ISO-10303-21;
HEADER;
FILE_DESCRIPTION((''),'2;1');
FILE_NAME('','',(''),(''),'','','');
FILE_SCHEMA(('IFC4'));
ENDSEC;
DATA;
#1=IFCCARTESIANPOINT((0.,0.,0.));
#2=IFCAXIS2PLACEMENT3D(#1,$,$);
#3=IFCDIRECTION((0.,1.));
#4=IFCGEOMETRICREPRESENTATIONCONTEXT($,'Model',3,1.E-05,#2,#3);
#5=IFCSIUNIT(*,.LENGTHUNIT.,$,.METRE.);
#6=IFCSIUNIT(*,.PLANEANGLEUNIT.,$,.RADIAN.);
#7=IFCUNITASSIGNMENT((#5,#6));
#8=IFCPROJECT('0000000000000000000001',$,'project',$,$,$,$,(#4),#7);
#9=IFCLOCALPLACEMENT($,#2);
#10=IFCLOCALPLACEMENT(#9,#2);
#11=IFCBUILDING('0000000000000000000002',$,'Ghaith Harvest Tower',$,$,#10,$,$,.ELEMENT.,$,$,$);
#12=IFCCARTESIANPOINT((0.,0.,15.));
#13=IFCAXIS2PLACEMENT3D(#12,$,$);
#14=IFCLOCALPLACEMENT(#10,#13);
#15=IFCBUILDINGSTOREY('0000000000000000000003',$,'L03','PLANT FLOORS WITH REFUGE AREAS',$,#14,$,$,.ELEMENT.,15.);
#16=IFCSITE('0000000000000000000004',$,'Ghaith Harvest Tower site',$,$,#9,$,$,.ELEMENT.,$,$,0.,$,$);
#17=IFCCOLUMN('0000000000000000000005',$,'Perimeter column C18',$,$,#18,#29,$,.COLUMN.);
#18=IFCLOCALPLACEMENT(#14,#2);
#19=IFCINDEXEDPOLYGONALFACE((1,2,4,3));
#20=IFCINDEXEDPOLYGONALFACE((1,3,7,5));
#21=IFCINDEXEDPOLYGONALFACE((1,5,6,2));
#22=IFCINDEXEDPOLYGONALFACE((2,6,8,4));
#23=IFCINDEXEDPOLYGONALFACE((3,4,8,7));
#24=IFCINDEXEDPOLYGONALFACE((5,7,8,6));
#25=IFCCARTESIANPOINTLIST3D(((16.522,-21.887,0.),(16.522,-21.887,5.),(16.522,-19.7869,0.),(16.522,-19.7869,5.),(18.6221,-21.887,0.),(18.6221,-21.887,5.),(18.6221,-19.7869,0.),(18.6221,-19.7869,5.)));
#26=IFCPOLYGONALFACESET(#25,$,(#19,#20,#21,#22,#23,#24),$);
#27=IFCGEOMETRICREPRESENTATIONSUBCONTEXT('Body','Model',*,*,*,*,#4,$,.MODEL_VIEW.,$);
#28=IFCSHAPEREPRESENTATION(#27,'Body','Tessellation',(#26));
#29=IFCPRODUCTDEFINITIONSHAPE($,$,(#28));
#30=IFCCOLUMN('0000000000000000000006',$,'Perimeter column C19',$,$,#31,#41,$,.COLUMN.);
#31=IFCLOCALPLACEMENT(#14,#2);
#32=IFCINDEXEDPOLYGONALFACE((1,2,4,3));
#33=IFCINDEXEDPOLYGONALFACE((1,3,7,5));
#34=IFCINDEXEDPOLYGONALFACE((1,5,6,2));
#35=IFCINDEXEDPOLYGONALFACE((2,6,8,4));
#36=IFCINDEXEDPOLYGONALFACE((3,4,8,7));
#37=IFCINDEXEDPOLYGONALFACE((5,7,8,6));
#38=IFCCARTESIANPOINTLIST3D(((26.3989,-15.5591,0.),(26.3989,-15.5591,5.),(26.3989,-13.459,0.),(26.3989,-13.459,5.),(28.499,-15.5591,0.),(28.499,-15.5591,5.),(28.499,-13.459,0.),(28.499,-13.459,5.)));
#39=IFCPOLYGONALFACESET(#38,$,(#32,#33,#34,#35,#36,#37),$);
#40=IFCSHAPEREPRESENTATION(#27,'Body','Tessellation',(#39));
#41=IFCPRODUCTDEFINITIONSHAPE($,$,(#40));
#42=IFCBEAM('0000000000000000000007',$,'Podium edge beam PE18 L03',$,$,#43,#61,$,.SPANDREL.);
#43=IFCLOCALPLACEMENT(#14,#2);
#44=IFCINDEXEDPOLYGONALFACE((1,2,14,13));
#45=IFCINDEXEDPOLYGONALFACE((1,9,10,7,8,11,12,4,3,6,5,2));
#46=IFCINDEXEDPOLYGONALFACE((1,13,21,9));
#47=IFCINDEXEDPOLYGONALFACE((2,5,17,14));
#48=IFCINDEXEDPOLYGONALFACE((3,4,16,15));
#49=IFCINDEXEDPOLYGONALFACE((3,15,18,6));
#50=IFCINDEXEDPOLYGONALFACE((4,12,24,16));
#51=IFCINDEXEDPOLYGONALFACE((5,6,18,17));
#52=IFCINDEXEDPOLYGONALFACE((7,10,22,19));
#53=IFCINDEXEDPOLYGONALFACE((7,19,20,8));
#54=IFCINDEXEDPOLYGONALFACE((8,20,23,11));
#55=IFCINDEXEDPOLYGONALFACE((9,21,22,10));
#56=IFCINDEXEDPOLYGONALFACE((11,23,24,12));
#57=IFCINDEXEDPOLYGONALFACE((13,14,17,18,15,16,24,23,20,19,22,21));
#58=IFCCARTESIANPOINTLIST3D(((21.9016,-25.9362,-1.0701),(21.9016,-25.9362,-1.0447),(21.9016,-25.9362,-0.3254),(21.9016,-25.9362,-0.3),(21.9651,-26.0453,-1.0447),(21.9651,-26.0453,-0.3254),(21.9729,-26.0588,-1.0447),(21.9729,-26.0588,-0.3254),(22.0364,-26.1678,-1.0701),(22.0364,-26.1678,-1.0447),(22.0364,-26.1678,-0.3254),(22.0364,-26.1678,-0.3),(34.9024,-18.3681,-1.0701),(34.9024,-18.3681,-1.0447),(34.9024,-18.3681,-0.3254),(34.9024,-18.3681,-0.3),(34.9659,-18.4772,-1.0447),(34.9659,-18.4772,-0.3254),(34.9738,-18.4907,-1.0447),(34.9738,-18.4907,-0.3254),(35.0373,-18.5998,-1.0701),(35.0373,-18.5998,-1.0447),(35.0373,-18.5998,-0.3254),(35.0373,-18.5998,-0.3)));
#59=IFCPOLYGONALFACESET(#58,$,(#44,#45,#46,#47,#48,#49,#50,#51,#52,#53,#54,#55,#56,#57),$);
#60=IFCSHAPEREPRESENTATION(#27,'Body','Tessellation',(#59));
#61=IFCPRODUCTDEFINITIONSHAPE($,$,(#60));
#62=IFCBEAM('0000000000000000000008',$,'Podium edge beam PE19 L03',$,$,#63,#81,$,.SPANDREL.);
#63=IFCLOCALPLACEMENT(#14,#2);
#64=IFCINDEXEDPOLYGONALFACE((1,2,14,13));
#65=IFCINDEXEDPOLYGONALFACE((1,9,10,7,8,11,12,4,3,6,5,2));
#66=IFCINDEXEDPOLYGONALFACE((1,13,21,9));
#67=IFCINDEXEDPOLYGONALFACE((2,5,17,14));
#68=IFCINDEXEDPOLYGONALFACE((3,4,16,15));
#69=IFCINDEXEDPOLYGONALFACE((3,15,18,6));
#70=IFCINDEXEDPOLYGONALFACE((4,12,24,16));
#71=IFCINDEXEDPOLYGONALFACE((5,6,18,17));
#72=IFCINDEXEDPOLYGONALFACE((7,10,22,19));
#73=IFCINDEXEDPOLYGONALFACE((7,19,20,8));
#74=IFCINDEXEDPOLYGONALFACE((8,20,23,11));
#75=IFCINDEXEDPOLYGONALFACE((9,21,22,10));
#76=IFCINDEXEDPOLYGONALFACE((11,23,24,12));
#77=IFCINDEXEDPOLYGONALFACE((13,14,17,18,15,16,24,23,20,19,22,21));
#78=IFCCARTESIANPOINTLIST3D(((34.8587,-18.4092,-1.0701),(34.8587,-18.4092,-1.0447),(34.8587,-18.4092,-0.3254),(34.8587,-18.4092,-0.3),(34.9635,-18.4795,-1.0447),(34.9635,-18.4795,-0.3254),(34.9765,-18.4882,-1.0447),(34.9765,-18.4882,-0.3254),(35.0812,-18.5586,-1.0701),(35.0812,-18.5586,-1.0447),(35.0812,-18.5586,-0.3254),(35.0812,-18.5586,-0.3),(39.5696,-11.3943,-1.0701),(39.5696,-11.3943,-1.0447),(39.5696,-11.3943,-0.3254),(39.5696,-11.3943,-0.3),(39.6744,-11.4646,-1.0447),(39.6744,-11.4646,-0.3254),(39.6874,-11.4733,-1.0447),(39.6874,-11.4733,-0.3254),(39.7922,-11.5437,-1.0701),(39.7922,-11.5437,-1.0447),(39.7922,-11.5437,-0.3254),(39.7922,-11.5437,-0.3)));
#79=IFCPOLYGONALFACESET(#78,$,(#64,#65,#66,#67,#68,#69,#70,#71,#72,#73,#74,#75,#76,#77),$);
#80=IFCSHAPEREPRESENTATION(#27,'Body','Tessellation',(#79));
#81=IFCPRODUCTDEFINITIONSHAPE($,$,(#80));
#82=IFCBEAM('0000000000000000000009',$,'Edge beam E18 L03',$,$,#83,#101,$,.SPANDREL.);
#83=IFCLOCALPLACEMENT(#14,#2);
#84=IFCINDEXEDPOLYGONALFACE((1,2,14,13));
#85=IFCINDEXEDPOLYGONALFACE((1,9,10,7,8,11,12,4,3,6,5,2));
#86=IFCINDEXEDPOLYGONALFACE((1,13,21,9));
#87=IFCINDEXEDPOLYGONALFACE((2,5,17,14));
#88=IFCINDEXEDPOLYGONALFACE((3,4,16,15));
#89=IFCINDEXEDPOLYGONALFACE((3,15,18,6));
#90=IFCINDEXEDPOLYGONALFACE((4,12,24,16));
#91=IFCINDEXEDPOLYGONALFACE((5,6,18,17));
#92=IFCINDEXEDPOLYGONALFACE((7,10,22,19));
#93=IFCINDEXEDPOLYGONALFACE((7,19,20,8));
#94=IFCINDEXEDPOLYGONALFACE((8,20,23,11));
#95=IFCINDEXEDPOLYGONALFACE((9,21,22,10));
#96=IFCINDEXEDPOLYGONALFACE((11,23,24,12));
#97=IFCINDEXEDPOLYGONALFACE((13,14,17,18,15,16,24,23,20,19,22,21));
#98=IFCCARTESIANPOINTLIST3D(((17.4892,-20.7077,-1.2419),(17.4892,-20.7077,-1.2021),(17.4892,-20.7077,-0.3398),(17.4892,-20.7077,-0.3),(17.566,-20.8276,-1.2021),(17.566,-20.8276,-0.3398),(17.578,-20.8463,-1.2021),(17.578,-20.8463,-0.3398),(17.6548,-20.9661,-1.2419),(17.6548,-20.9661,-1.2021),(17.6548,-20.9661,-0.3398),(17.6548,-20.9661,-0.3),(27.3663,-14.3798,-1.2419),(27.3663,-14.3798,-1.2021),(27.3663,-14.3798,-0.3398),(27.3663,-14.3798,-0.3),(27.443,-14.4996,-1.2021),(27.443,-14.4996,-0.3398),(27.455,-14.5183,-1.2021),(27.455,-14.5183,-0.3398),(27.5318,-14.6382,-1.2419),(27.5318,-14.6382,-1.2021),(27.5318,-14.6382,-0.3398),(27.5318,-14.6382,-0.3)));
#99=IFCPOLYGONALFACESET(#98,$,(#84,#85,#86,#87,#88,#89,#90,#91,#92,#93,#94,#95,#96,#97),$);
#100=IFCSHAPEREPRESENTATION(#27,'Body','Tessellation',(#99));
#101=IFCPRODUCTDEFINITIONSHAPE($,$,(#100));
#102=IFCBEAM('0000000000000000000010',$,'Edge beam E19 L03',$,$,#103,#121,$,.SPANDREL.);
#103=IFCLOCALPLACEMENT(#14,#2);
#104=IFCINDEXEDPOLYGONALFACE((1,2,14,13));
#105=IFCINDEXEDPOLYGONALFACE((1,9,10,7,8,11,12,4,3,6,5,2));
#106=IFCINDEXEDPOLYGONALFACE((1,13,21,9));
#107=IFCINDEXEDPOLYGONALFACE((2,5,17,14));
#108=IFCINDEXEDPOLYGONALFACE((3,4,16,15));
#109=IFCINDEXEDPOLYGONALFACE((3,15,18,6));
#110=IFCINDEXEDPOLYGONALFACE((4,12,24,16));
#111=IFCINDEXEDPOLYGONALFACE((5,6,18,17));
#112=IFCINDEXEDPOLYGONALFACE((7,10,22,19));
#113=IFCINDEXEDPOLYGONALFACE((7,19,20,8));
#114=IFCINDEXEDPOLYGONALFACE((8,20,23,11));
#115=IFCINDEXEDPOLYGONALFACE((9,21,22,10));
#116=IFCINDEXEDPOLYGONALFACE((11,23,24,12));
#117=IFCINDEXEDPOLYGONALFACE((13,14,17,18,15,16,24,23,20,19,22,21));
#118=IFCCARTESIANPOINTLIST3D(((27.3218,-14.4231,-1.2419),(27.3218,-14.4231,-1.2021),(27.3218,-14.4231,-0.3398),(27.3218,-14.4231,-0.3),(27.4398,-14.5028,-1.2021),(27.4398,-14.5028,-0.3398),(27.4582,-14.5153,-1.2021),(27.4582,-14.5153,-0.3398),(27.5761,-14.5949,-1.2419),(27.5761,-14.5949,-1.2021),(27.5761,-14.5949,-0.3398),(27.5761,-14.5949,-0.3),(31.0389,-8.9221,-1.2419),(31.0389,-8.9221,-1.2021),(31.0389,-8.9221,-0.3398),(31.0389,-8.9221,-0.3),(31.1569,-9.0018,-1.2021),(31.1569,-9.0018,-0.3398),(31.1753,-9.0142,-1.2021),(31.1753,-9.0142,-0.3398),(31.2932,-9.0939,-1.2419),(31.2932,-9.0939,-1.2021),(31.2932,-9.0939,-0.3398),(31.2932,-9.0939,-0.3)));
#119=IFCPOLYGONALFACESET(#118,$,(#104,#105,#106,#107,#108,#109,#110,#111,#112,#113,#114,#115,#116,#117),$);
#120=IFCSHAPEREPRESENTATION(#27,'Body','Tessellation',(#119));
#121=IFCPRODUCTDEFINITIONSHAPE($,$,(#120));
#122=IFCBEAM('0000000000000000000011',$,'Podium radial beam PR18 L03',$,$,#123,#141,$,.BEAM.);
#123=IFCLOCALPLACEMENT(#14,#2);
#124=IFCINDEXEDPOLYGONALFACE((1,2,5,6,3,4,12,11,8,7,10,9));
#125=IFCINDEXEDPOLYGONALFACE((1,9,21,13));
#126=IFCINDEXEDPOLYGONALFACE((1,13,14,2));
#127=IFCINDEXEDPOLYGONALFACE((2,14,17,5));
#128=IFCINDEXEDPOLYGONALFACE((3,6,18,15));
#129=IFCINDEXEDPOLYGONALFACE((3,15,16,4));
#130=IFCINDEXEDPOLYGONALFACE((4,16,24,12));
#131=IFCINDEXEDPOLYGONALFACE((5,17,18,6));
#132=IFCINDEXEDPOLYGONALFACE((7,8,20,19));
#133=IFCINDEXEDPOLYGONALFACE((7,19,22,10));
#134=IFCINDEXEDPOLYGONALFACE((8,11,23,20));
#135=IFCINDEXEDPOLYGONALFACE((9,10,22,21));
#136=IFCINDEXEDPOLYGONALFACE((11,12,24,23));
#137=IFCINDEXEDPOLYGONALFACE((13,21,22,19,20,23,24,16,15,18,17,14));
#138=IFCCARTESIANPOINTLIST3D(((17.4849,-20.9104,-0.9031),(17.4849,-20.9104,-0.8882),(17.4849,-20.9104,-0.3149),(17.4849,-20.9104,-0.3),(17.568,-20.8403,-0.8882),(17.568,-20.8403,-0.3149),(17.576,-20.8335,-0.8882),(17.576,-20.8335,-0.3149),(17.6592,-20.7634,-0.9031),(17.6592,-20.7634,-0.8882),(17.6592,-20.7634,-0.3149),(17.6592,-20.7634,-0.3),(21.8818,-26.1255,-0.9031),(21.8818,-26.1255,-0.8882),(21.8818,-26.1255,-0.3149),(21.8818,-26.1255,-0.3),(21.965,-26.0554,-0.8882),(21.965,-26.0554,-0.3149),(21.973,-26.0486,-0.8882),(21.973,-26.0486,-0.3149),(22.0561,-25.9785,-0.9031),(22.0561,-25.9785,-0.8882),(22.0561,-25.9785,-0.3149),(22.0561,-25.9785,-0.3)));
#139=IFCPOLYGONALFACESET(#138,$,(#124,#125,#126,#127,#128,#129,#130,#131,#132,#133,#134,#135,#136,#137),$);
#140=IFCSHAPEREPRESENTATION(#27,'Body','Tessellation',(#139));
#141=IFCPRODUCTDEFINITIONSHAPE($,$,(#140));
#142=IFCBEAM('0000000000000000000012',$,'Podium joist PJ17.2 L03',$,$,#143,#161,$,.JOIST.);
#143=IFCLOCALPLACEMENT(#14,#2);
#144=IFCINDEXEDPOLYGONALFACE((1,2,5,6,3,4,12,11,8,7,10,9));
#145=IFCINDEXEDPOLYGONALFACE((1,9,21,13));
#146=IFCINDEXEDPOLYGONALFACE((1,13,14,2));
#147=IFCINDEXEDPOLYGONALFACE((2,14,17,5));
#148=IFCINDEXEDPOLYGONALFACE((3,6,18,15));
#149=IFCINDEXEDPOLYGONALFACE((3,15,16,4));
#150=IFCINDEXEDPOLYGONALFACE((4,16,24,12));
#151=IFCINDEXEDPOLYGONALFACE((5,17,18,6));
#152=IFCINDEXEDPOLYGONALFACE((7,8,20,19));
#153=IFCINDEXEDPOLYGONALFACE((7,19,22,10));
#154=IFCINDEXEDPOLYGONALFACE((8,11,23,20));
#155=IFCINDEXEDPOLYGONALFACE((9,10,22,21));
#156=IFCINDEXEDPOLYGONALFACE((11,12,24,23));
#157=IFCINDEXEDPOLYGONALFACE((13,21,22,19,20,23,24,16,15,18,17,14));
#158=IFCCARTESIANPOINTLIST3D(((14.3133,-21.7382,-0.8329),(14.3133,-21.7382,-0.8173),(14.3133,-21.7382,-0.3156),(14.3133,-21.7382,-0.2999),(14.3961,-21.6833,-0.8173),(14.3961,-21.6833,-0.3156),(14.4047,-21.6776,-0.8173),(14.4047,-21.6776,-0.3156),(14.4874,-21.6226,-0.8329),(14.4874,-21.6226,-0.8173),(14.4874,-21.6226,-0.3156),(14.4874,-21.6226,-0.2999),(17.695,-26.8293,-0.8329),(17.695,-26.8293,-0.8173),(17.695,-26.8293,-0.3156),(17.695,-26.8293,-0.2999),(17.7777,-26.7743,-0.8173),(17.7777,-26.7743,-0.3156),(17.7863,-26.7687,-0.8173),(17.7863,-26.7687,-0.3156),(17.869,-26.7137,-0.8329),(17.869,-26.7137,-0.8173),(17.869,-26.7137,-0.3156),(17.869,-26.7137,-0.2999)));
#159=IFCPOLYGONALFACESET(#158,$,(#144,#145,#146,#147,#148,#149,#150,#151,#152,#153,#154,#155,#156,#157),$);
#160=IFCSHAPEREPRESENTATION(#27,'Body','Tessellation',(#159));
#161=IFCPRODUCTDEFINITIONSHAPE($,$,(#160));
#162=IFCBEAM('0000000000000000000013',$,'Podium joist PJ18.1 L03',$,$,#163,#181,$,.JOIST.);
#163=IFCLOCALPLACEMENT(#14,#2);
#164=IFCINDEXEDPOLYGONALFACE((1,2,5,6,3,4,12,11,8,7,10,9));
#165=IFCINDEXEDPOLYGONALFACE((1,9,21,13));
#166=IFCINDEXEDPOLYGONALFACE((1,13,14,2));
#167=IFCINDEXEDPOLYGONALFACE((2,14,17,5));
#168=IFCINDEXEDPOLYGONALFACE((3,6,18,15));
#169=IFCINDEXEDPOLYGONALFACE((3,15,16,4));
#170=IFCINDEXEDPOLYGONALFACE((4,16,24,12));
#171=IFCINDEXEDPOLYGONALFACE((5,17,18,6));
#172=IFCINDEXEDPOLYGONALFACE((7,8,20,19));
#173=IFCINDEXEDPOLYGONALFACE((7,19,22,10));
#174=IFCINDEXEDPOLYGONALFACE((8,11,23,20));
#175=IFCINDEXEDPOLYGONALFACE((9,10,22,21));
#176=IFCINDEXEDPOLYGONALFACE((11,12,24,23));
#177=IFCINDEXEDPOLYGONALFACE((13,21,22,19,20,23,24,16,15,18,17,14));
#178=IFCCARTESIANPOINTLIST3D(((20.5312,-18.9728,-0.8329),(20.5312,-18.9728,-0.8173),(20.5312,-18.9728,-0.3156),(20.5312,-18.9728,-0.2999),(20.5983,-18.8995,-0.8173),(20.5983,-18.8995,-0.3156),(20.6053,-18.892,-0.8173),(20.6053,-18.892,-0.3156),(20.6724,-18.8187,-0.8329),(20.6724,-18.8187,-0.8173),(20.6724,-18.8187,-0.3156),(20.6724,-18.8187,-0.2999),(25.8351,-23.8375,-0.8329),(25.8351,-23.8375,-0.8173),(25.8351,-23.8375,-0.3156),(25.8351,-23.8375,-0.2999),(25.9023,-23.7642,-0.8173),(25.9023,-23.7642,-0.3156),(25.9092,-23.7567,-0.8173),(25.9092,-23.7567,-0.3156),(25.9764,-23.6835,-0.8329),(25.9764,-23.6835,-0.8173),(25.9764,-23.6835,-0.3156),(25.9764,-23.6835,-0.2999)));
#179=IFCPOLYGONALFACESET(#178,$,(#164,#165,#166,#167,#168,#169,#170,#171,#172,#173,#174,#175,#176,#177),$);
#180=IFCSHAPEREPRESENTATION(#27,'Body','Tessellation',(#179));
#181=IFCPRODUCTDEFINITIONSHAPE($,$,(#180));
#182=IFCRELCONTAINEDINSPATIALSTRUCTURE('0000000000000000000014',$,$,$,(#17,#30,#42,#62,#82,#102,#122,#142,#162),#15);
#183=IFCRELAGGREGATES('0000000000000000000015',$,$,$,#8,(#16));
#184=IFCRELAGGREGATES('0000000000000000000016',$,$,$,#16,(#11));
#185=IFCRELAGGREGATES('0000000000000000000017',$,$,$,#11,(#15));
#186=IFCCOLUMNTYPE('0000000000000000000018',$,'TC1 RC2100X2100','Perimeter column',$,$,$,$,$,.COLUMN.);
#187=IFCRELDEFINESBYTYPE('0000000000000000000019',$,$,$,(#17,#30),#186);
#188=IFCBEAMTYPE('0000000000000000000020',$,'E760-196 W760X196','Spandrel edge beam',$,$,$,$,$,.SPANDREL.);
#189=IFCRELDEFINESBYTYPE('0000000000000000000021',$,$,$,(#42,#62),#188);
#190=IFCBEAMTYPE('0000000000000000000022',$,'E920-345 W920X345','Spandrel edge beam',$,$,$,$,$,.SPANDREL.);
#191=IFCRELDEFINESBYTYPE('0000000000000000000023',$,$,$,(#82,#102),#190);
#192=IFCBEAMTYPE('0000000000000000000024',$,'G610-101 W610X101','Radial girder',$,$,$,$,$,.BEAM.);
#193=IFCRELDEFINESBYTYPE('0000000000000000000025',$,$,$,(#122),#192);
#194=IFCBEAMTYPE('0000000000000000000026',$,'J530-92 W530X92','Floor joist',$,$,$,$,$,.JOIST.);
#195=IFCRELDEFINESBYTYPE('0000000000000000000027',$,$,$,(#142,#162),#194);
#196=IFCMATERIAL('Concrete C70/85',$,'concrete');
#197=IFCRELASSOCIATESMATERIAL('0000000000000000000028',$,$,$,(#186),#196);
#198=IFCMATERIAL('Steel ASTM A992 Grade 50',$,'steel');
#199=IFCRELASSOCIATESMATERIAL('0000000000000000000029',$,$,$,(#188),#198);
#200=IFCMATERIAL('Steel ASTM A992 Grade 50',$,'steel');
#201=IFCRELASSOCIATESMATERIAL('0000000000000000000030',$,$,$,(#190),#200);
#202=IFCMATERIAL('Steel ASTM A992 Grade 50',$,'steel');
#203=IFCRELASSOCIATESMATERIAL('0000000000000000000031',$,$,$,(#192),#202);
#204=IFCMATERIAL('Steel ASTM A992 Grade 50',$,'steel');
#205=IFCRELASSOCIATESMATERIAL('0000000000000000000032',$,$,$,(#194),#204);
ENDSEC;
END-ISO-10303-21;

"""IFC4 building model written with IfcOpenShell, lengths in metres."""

from ifc_helpers import new_model, si_unit, direction, frame, origin, origin_2d, place, context, subcontext, project, spatial, rectangle, i_section, extrude, material, material_profile, profile_set, type_object, element, save


model = new_model("IFC4")

# Units and contexts
model_context = context("Model", 3, precision=1e-05, world=origin(), true_north=direction((0.0, 1.0)))
body_context = subcontext(model_context, "Body", "Model", "MODEL_VIEW")
ifc_project = project(units=[si_unit("LENGTHUNIT", "METRE"), si_unit("PLANEANGLEUNIT", "RADIAN")], contexts=[model_context])

# Site, building, storey
site_placement = place(None, origin())
site = spatial("IfcSite", under=ifc_project, at=site_placement, Name="Ghaith Harvest Tower site", CompositionType="ELEMENT", RefElevation=0.0)
building_placement = place(site_placement, origin())
building = spatial("IfcBuilding", under=site, at=building_placement, Name="Ghaith Harvest Tower", CompositionType="ELEMENT")
storey_placement = place(building_placement, frame((0.0, 0.0, 15.0)))
storey = spatial("IfcBuildingStorey", under=building, at=storey_placement, Name="L03", Description="PLANT FLOORS WITH REFUGE AREAS", CompositionType="ELEMENT", Elevation=15.0)

# Columns
ifc_material_1 = material(Name="Concrete C70/85", Category="concrete")
ifc_material_profile_1 = material_profile(ifc_material_1, rectangle(XDim=2.1001, YDim=2.1001, at=origin_2d()), Name="RC2100X2100")
ifc_profile_set_1 = profile_set([ifc_material_profile_1], Name="Concrete C70/85")
column_type = type_object("IfcColumnType", Name="TC1 RC2100X2100", Description="Perimeter column", PredefinedType="COLUMN", material=ifc_profile_set_1)
for number, where, z_axis, x_axis, name in (
    (1, (17.572, -20.8369, 0.0), (0.0, 0.0, 1.0), (1.0, 0.0, 0.0), "Perimeter column C18"),
    (2, (27.449, -14.509, 0.0), (0.0, 0.0, 1.0), (1.0, 0.0, 0.0), "Perimeter column C19"),
):
    element("IfcColumn", number, at=place(storey_placement, frame(where, z_axis=z_axis, x_axis=x_axis)), inside=storey, type_object=column_type, Name=name, PredefinedType="COLUMN", context=body_context, shape_type="SweptSolid", body=[
        extrude(rectangle(XDim=2.1001, YDim=2.1001, at=origin_2d()), origin(), (0.0, 0.0, 1.0), 5.0),
    ])

# Beams
ifc_material_2 = material(Name="Steel ASTM A992 Grade 50", Category="steel")
ifc_material_profile_2 = material_profile(ifc_material_2, i_section(OverallWidth=0.2681, OverallDepth=0.77, WebThickness=0.0156, FlangeThickness=0.0254, at=origin_2d()), Name="W760X196")
ifc_profile_set_2 = profile_set([ifc_material_profile_2], Name="Steel ASTM A992 Grade 50")
beam_type_1 = type_object("IfcBeamType", Name="E760-196 W760X196", Description="Spandrel edge beam", PredefinedType="SPANDREL", material=ifc_profile_set_2)
beam_1_placement = place(storey_placement, frame((21.969, -26.052, -0.6851), z_axis=(0.864235, 0.503088, 0.0), x_axis=(-0.503088, 0.864235, 0.0)))
element("IfcBeam", 3, at=beam_1_placement, inside=storey, type_object=beam_type_1, Name="Podium edge beam PE18 L03", PredefinedType="SPANDREL", context=body_context, shape_type="SweptSolid", body=[
    extrude(i_section(OverallWidth=0.2681, OverallDepth=0.77, WebThickness=0.0156, FlangeThickness=0.0254, at=origin_2d()), origin(), (0.0, 0.0, 1.0), 15.0432),
])
beam_2_placement = place(storey_placement, frame((34.97, -18.4839, -0.6851), z_axis=(0.557511, 0.83017, 0.0), x_axis=(-0.83017, 0.557511, 0.0)))
element("IfcBeam", 4, at=beam_2_placement, inside=storey, type_object=beam_type_1, Name="Podium edge beam PE19 L03", PredefinedType="SPANDREL", context=body_context, shape_type="SweptSolid", body=[
    extrude(i_section(OverallWidth=0.2681, OverallDepth=0.77, WebThickness=0.0156, FlangeThickness=0.0254, at=origin_2d()), origin(), (0.0, 0.0, 1.0), 8.45),
])
ifc_material_3 = material(Name="Steel ASTM A992 Grade 50", Category="steel")
ifc_material_profile_3 = material_profile(ifc_material_3, i_section(OverallWidth=0.3069, OverallDepth=0.9419, WebThickness=0.0222, FlangeThickness=0.0398, at=origin_2d()), Name="W920X345")
ifc_profile_set_3 = profile_set([ifc_material_profile_3], Name="Steel ASTM A992 Grade 50")
beam_type_2 = type_object("IfcBeamType", Name="E920-345 W920X345", Description="Spandrel edge beam", PredefinedType="SPANDREL", material=ifc_profile_set_3)
beam_3_placement = place(storey_placement, frame((17.572, -20.8369, -0.771), z_axis=(0.842015, 0.539455, 0.0), x_axis=(-0.539455, 0.842015, 0.0)))
element("IfcBeam", 5, at=beam_3_placement, inside=storey, type_object=beam_type_2, Name="Edge beam E18 L03", PredefinedType="SPANDREL", context=body_context, shape_type="SweptSolid", body=[
    extrude(i_section(OverallWidth=0.3069, OverallDepth=0.9419, WebThickness=0.0222, FlangeThickness=0.0398, at=origin_2d()), origin(), (0.0, 0.0, 1.0), 11.7302),
])
beam_4_placement = place(storey_placement, frame((27.449, -14.509, -0.771), z_axis=(0.559874, 0.828577, 0.0), x_axis=(-0.828577, 0.559874, 0.0)))
element("IfcBeam", 6, at=beam_4_placement, inside=storey, type_object=beam_type_2, Name="Edge beam E19 L03", PredefinedType="SPANDREL", context=body_context, shape_type="SweptSolid", body=[
    extrude(i_section(OverallWidth=0.3069, OverallDepth=0.9419, WebThickness=0.0222, FlangeThickness=0.0398, at=origin_2d()), origin(), (0.0, 0.0, 1.0), 6.6392),
])
ifc_material_4 = material(Name="Steel ASTM A992 Grade 50", Category="steel")
ifc_material_profile_4 = material_profile(ifc_material_4, i_section(OverallWidth=0.228, OverallDepth=0.603, WebThickness=0.0105, FlangeThickness=0.0149, at=origin_2d()), Name="W610X101")
ifc_profile_set_4 = profile_set([ifc_material_profile_4], Name="Steel ASTM A992 Grade 50")
beam_type_3 = type_object("IfcBeamType", Name="G610-101 W610X101", Description="Radial girder", PredefinedType="BEAM", material=ifc_profile_set_4)
beam_5_placement = place(storey_placement, frame((17.572, -20.8369, -0.6016), z_axis=(0.644592, -0.764527, 0.0), x_axis=(0.764527, 0.644592, 0.0)))
element("IfcBeam", 7, at=beam_5_placement, inside=storey, type_object=beam_type_3, Name="Podium radial beam PR18 L03", PredefinedType="BEAM", context=body_context, shape_type="SweptSolid", body=[
    extrude(i_section(OverallWidth=0.228, OverallDepth=0.603, WebThickness=0.0105, FlangeThickness=0.0149, at=origin_2d()), origin(), (0.0, 0.0, 1.0), 6.8213),
])
ifc_material_5 = material(Name="Steel ASTM A992 Grade 50", Category="steel")
ifc_material_profile_5 = material_profile(ifc_material_5, i_section(OverallWidth=0.209, OverallDepth=0.533, WebThickness=0.0103, FlangeThickness=0.0156, at=origin_2d()), Name="W530X92")
ifc_profile_set_5 = profile_set([ifc_material_profile_5], Name="Steel ASTM A992 Grade 50")
beam_type_4 = type_object("IfcBeamType", Name="J530-92 W530X92", Description="Floor joist", PredefinedType="JOIST", material=ifc_profile_set_5)
beam_6_placement = place(storey_placement, frame((14.4004, -21.6804, -0.5664), z_axis=(0.553289, -0.832989, 0.0), x_axis=(0.832989, 0.553289, 0.0)))
element("IfcBeam", 8, at=beam_6_placement, inside=storey, type_object=beam_type_4, Name="Podium joist PJ17.2 L03", PredefinedType="JOIST", context=body_context, shape_type="SweptSolid", body=[
    extrude(i_section(OverallWidth=0.209, OverallDepth=0.533, WebThickness=0.0103, FlangeThickness=0.0156, at=origin_2d()), origin(), (0.0, 0.0, 1.0), 6.1118),
])
beam_7_placement = place(storey_placement, frame((20.6018, -18.8958, -0.5664), z_axis=(0.736961, -0.675935, 0.0), x_axis=(0.675935, 0.736961, 0.0)))
element("IfcBeam", 9, at=beam_7_placement, inside=storey, type_object=beam_type_4, Name="Podium joist PJ18.1 L03", PredefinedType="JOIST", context=body_context, shape_type="SweptSolid", body=[
    extrude(i_section(OverallWidth=0.209, OverallDepth=0.533, WebThickness=0.0103, FlangeThickness=0.0156, at=origin_2d()), origin(), (0.0, 0.0, 1.0), 7.197),
])

save(model, "model.ifc")
